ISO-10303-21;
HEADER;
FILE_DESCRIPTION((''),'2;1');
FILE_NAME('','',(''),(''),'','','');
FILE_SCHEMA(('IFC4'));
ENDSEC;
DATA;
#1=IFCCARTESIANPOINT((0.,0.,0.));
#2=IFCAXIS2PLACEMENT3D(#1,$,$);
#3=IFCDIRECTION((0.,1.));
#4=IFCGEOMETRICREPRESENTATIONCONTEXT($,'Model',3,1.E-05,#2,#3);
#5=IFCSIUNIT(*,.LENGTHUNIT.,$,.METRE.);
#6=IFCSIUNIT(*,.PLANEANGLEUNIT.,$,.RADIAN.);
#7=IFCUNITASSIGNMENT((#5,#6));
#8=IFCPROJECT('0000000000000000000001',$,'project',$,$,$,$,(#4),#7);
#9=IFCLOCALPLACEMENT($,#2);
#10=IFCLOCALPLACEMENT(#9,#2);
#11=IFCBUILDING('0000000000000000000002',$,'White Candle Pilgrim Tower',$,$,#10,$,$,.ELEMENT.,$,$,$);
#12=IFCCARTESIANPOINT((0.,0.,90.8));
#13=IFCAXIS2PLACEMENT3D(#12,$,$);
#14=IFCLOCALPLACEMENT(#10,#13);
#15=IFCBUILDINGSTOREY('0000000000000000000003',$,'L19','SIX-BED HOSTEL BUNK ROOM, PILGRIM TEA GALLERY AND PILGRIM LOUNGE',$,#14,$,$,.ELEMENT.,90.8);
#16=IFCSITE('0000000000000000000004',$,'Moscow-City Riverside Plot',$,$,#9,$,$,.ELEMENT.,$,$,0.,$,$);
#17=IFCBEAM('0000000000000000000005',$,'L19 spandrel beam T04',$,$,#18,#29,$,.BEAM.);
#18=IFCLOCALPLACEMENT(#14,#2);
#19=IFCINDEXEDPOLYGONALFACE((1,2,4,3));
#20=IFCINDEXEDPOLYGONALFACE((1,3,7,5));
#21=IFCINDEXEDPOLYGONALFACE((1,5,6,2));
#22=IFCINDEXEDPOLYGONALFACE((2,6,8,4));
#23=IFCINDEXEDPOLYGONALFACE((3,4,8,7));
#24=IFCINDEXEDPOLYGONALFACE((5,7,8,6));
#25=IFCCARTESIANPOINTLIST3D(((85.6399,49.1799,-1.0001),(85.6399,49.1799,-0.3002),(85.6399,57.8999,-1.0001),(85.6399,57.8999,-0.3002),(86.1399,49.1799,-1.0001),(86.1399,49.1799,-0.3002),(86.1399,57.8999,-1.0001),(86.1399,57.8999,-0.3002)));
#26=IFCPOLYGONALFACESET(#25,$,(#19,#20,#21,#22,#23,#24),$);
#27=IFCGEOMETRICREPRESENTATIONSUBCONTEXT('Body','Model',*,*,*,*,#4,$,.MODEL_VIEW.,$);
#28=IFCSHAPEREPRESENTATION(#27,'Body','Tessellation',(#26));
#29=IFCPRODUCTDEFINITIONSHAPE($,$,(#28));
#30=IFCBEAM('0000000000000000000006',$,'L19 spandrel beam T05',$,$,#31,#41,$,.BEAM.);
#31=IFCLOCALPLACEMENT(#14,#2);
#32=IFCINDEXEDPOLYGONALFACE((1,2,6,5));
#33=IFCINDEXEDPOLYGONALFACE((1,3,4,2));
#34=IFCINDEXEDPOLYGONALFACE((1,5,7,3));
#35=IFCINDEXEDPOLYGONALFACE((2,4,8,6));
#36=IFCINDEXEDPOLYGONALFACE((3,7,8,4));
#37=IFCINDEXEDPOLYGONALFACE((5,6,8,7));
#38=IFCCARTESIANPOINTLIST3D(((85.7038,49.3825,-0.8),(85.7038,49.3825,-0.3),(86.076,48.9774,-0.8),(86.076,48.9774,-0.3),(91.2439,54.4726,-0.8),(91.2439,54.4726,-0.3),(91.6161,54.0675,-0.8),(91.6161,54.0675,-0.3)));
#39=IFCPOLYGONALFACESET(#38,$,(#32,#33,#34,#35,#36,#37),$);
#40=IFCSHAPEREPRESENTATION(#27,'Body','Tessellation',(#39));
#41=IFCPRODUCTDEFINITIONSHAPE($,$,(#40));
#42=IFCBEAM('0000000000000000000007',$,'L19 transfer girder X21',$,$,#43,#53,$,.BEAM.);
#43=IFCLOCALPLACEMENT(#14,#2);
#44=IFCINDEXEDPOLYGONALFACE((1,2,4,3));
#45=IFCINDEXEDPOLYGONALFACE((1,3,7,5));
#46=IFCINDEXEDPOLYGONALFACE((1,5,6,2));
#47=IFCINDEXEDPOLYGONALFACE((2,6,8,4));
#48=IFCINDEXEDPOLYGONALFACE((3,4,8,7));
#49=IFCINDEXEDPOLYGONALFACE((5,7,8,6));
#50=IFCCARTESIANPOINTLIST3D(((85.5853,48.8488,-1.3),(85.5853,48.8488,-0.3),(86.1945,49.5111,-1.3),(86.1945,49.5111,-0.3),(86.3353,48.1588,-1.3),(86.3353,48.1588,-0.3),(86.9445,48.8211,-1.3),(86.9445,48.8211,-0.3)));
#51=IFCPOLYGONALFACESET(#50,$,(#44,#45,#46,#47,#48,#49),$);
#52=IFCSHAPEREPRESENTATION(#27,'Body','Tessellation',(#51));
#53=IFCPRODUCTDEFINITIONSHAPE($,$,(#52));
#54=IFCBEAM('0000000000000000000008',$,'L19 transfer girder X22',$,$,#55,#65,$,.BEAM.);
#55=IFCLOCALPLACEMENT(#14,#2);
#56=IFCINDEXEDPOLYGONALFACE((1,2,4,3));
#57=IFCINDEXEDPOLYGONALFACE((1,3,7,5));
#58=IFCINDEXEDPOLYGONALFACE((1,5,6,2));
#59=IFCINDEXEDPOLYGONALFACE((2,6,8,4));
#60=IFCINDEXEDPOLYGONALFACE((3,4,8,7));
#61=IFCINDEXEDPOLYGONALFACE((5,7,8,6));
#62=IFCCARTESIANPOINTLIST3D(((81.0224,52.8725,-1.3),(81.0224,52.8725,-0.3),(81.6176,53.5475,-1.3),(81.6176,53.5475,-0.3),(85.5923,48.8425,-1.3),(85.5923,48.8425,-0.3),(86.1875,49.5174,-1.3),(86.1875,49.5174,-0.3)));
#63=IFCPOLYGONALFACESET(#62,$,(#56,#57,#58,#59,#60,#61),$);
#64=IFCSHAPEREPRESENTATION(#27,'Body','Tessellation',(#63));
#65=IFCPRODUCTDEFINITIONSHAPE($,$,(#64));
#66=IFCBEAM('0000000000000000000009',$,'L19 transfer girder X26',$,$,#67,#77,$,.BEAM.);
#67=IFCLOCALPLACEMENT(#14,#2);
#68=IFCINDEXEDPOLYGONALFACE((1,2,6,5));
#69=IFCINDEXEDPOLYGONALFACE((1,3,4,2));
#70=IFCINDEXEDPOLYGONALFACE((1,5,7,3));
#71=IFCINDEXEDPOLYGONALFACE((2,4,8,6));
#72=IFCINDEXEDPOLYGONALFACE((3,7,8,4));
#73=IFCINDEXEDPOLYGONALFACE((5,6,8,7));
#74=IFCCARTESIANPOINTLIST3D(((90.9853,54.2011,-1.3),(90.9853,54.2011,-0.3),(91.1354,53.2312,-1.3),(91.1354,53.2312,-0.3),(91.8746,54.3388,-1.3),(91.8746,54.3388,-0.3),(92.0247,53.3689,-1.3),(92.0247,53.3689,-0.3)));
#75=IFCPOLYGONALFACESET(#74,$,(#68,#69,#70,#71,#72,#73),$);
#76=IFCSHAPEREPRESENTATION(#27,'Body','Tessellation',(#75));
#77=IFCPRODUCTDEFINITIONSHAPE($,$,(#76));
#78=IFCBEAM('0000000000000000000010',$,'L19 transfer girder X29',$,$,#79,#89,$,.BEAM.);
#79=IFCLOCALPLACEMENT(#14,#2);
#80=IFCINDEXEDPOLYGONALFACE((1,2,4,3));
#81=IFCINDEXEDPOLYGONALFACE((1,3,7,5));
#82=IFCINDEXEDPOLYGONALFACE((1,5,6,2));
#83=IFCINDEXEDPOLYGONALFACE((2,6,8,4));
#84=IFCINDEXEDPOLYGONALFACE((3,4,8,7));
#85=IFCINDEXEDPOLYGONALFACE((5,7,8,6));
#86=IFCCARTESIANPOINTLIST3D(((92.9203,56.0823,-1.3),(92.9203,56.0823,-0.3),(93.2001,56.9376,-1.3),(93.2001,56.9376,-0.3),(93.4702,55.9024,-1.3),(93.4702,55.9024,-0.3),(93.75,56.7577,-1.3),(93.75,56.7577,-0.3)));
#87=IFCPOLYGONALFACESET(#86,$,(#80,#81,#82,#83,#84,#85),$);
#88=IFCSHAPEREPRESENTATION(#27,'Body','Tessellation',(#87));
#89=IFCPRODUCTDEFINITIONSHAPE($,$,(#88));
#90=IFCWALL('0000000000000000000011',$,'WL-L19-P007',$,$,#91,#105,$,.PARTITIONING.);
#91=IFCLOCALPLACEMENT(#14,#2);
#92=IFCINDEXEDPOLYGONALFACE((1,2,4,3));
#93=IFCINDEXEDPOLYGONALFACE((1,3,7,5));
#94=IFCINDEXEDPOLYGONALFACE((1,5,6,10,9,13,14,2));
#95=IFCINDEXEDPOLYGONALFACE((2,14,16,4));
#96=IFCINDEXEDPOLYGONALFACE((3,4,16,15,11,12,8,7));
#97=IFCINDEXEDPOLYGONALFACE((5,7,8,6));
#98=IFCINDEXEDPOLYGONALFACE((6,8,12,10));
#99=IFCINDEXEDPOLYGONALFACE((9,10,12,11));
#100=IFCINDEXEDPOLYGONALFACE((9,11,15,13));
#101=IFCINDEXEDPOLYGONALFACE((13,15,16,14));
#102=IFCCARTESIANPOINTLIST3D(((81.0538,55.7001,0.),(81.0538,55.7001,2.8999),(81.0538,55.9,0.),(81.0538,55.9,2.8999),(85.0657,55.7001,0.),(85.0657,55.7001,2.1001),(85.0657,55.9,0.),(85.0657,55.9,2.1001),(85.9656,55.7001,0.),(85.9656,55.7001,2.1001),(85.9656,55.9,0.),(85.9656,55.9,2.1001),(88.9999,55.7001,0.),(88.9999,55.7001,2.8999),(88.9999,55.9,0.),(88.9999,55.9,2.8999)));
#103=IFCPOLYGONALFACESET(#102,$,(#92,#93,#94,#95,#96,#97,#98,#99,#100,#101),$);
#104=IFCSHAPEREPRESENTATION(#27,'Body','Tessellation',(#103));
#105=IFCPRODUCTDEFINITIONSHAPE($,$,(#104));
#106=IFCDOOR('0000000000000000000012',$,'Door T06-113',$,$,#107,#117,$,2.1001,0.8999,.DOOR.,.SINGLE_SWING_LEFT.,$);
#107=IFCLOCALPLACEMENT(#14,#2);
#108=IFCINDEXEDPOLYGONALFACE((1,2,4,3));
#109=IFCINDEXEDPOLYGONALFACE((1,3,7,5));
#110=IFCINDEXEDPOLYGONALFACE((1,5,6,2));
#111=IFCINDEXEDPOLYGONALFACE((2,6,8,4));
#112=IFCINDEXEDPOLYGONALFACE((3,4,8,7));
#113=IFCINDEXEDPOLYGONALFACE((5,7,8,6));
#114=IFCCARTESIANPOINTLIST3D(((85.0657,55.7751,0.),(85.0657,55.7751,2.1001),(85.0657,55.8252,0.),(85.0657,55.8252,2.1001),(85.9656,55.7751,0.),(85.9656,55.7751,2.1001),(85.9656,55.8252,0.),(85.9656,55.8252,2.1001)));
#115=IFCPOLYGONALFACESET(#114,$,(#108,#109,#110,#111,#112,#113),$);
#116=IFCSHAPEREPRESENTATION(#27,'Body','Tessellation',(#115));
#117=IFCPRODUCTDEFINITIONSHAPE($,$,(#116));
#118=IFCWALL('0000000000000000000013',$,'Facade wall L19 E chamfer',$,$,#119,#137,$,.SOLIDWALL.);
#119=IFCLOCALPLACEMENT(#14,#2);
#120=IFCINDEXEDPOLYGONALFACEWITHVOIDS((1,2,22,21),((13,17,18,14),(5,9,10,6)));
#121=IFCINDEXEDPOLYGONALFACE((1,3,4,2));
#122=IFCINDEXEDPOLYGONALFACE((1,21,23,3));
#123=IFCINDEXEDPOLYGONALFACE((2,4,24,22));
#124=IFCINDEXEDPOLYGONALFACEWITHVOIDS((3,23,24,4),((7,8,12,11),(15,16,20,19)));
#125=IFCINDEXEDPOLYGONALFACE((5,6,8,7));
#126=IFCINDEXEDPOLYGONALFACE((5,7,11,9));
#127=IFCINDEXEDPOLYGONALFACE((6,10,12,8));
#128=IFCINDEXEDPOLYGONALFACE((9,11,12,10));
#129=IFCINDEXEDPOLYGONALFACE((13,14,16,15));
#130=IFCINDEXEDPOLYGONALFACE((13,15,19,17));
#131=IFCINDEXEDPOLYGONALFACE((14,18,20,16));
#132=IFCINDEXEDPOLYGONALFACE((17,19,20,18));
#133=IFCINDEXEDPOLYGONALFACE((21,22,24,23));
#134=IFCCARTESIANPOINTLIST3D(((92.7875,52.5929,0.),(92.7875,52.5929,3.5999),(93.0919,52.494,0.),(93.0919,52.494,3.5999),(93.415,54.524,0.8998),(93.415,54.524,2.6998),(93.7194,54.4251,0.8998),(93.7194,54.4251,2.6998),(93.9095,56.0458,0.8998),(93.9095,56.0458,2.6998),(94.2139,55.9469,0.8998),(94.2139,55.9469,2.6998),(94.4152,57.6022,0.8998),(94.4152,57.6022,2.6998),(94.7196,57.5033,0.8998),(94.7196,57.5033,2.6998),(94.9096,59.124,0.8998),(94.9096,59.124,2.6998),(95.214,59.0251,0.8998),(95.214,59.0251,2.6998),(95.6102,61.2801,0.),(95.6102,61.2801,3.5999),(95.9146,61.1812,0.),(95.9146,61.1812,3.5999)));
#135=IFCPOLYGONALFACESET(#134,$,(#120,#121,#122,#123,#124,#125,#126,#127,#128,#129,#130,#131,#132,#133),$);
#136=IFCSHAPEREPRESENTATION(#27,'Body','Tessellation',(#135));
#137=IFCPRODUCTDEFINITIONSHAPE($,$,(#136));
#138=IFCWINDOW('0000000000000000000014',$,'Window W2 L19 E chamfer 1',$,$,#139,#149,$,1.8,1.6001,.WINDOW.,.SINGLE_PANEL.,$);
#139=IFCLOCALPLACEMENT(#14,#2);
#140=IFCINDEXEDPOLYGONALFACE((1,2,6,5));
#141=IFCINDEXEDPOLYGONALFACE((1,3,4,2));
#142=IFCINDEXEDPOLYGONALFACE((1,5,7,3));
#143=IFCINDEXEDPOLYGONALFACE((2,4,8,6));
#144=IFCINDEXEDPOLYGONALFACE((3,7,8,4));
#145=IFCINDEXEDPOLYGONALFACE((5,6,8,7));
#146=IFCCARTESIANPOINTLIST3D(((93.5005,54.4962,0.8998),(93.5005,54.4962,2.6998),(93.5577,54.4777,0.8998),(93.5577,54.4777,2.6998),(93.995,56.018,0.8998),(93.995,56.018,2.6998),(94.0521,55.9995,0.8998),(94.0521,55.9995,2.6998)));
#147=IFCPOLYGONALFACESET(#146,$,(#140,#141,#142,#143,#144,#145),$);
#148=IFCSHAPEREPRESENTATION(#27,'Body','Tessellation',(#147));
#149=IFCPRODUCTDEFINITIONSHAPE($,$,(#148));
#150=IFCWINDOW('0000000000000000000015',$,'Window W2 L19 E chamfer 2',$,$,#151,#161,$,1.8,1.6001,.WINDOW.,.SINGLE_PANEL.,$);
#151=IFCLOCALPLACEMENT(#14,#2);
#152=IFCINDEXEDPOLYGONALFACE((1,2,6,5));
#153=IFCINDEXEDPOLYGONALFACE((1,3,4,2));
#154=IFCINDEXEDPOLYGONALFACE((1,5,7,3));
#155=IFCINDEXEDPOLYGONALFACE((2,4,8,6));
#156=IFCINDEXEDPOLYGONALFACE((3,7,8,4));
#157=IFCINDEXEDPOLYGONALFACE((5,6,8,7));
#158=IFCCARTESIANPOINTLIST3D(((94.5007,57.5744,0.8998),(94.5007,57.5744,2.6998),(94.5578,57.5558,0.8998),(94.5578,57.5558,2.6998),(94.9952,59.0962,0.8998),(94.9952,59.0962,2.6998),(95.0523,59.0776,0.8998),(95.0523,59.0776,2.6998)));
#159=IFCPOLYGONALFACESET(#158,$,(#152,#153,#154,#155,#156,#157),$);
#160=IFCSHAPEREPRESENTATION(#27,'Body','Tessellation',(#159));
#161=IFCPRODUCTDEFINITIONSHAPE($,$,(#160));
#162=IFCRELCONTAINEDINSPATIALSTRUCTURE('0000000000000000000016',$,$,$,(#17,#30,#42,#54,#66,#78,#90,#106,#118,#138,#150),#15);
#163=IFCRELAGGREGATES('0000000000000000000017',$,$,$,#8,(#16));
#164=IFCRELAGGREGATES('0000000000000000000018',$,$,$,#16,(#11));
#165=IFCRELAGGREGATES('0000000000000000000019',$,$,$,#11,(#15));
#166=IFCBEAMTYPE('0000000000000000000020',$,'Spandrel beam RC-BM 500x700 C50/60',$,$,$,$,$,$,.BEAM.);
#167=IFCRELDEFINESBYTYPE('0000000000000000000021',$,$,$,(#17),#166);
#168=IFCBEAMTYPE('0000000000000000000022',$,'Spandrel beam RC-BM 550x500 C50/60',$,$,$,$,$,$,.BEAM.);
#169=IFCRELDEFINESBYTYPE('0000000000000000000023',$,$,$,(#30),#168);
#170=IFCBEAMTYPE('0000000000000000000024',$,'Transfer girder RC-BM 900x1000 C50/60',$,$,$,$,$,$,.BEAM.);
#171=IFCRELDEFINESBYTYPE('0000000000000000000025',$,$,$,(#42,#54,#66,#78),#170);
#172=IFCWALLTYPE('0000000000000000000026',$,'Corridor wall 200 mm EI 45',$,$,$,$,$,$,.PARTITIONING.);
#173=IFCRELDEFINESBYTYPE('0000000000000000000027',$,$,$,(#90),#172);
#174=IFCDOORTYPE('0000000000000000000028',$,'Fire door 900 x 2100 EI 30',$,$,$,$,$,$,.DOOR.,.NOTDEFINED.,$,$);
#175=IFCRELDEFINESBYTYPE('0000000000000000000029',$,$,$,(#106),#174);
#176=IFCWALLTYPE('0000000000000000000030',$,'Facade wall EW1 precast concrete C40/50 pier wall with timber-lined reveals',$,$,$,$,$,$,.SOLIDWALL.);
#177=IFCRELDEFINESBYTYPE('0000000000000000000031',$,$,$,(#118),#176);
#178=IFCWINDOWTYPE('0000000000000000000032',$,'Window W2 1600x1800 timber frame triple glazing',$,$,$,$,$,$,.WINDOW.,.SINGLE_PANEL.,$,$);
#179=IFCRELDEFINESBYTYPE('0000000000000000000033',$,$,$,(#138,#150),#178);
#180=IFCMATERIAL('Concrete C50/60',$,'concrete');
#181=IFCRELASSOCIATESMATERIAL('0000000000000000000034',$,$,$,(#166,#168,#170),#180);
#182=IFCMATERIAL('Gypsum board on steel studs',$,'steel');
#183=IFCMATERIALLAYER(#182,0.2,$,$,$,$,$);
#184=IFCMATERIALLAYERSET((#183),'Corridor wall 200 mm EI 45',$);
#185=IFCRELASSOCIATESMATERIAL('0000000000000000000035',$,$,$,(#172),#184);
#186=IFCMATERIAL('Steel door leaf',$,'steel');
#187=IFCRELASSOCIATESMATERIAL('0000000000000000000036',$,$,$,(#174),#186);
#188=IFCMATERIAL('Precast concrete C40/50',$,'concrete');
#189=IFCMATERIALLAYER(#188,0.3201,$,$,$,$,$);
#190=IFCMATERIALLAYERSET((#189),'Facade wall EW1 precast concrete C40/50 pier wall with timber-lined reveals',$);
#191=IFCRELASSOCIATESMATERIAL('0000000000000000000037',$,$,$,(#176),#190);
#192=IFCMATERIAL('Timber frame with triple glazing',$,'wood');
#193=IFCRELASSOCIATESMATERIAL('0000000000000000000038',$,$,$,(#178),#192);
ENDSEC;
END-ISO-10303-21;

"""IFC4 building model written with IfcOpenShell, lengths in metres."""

from ifc_helpers import new_model, si_unit, direction, frame, frame_2d, origin, origin_2d, place, context, subcontext, project, spatial, rectangle, extrude, material, layer, layer_set, material_profile, profile_set, type_object, element, fill, save


model = new_model("IFC4")

# Units and contexts
model_context = context("Model", 3, precision=1e-05, world=origin(), true_north=direction((0.0, 1.0)))
body_context = subcontext(model_context, "Body", "Model", "MODEL_VIEW")
ifc_project = project(units=[si_unit("LENGTHUNIT", "METRE"), si_unit("PLANEANGLEUNIT", "RADIAN")], contexts=[model_context])

# Site, building, storey
site_placement = place(None, origin())
site = spatial("IfcSite", under=ifc_project, at=site_placement, Name="Moscow-City Riverside Plot", CompositionType="ELEMENT", RefElevation=0.0)
building_placement = place(site_placement, origin())
building = spatial("IfcBuilding", under=site, at=building_placement, Name="White Candle Pilgrim Tower", CompositionType="ELEMENT")
storey_placement = place(building_placement, frame((0.0, 0.0, 90.8)))
storey = spatial("IfcBuildingStorey", under=building, at=storey_placement, Name="L19", Description="SIX-BED HOSTEL BUNK ROOM, PILGRIM TEA GALLERY AND PILGRIM LOUNGE", CompositionType="ELEMENT", Elevation=90.8)

# Beams
ifc_material_1 = material(Name="Concrete C50/60", Category="concrete")
ifc_material_profile_1 = material_profile(ifc_material_1, rectangle(XDim=0.5, YDim=0.7, at=origin_2d()), Name="RC-BM 500x700")
ifc_profile_set_1 = profile_set([ifc_material_profile_1], Name="Concrete C50/60")
beam_type_1 = type_object("IfcBeamType", Name="Spandrel beam RC-BM 500x700 C50/60", PredefinedType="BEAM", material=ifc_profile_set_1)
beam_1_placement = place(storey_placement, frame((85.8899, 49.1799, -0.6501), z_axis=(0.0, 1.0, 0.0), x_axis=(-1.0, 0.0, 0.0)))
element("IfcBeam", 1, at=beam_1_placement, inside=storey, type_object=beam_type_1, Name="L19 spandrel beam T04", PredefinedType="BEAM", context=body_context, shape_type="SweptSolid", body=[
    extrude(rectangle(XDim=0.5, YDim=0.7, at=origin_2d()), origin(), (0.0, 0.0, 1.0), 8.72),
])
ifc_material_profile_2 = material_profile(ifc_material_1, rectangle(XDim=0.55, YDim=0.5, at=origin_2d()), Name="RC-BM 550x500")
ifc_profile_set_2 = profile_set([ifc_material_profile_2], Name="Concrete C50/60")
beam_type_2 = type_object("IfcBeamType", Name="Spandrel beam RC-BM 550x500 C50/60", PredefinedType="BEAM", material=ifc_profile_set_2)
beam_2_placement = place(storey_placement, frame((85.8899, 49.1799, -0.55), z_axis=(0.736378, 0.676571, 0.0), x_axis=(-0.676571, 0.736378, 0.0)))
element("IfcBeam", 2, at=beam_2_placement, inside=storey, type_object=beam_type_2, Name="L19 spandrel beam T05", PredefinedType="BEAM", context=body_context, shape_type="SweptSolid", body=[
    extrude(rectangle(XDim=0.55, YDim=0.5, at=origin_2d()), origin(), (0.0, 0.0, 1.0), 7.5234),
])
ifc_material_profile_3 = material_profile(ifc_material_1, rectangle(XDim=0.8999, YDim=1.0, at=origin_2d()), Name="RC-BM 900x1000")
ifc_profile_set_3 = profile_set([ifc_material_profile_3], Name="Concrete C50/60")
beam_type_3 = type_object("IfcBeamType", Name="Transfer girder RC-BM 900x1000 C50/60", PredefinedType="BEAM", material=ifc_profile_set_3)
beam_3_placement = place(storey_placement, frame((86.6399, 48.49, -0.8), z_axis=(-0.73596, 0.677025, 0.0), x_axis=(-0.677025, -0.73596, 0.0)))
element("IfcBeam", 3, at=beam_3_placement, inside=storey, type_object=beam_type_3, Name="L19 transfer girder X21", PredefinedType="BEAM", context=body_context, shape_type="SweptSolid", body=[
    extrude(rectangle(XDim=0.8999, YDim=1.0, at=origin_2d()), origin(), (0.0, 0.0, 1.0), 1.019),
])
beam_4_placement = place(storey_placement, frame((85.8899, 49.1799, -0.8), z_axis=(-0.750014, 0.661422, 0.0), x_axis=(-0.661422, -0.750014, 0.0)))
element("IfcBeam", 4, at=beam_4_placement, inside=storey, type_object=beam_type_3, Name="L19 transfer girder X22", PredefinedType="BEAM", context=body_context, shape_type="SweptSolid", body=[
    extrude(rectangle(XDim=0.8999, YDim=1.0, at=origin_2d()), origin(), (0.0, 0.0, 1.0), 6.093),
])
beam_5_placement = place(storey_placement, frame((91.5801, 53.3, -0.8), z_axis=(-0.152973, 0.98823, 0.0), x_axis=(-0.98823, -0.152973, 0.0)))
element("IfcBeam", 5, at=beam_5_placement, inside=storey, type_object=beam_type_3, Name="L19 transfer girder X26", PredefinedType="BEAM", context=body_context, shape_type="SweptSolid", body=[
    extrude(rectangle(XDim=0.8999, YDim=1.0, at=origin_2d()), origin(), (0.0, 0.0, 1.0), 0.9814),
])
beam_6_placement = place(storey_placement, frame((93.6101, 56.3301, -0.8), z_axis=(-0.95044, 0.310907, 0.0), x_axis=(-0.310907, -0.95044, 0.0)))
element("IfcBeam", 6, at=beam_6_placement, inside=storey, type_object=beam_type_3, Name="L19 transfer girder X29", PredefinedType="BEAM", context=body_context, shape_type="SweptSolid", body=[
    extrude(rectangle(XDim=0.8999, YDim=1.0, at=origin_2d()), origin(), (0.0, 0.0, 1.0), 0.5786),
])

# Wall, opening, door
ifc_material_2 = material(Name="Gypsum board on steel studs", Category="steel")
ifc_layer_1 = layer(ifc_material_2, 0.2)
ifc_layer_set_1 = layer_set([ifc_layer_1], Name="Corridor wall 200 mm EI 45")
wall_type_1 = type_object("IfcWallType", Name="Corridor wall 200 mm EI 45", PredefinedType="PARTITIONING", material=ifc_layer_set_1)
wall_1_placement = place(storey_placement, frame((89.0, 55.8, 0.0), z_axis=(0.0, 0.0, 1.0), x_axis=(-1.0, 0.0, 0.0)))
wall_1 = element("IfcWall", 7, at=wall_1_placement, inside=storey, type_object=wall_type_1, Name="WL-L19-P007", PredefinedType="PARTITIONING", context=body_context, shape_type="SweptSolid", body=[
    extrude(rectangle(XDim=7.946, YDim=0.2, at=frame_2d((3.9731, 0.0))), origin(), (0.0, 0.0, 1.0), 2.8999),
])
opening_1_placement = place(wall_1_placement, frame((3.0344, 0.0, 0.0)))
opening_1 = element("IfcOpeningElement", 8, at=opening_1_placement, cuts=wall_1, PredefinedType="OPENING", context=body_context, shape_type="SweptSolid", body=[
    extrude(rectangle(XDim=0.8999, YDim=2.1001, at=frame_2d((0.45, 1.05))), frame((0.0, 0.1099, 0.0), z_axis=(0.0, -1.0, 0.0), x_axis=(1.0, 0.0, 0.0)), (0.0, 0.0, 1.0), 0.22),
])
ifc_material_3 = material(Name="Steel door leaf", Category="steel")
door_type = type_object("IfcDoorType", Name="Fire door 900 x 2100 EI 30", OperationType="NOTDEFINED", PredefinedType="DOOR", material=ifc_material_3)
door_placement = place(opening_1_placement, origin())
door = element("IfcDoor", 9, at=door_placement, inside=storey, type_object=door_type, Name="Door T06-113", OperationType="SINGLE_SWING_LEFT", OverallHeight=2.1001, OverallWidth=0.8999, PredefinedType="DOOR", context=body_context, shape_type="SweptSolid", body=[
    extrude(rectangle(XDim=0.8999, YDim=2.1001, at=frame_2d((0.45, 1.05))), frame((0.0, 0.0249, 0.0), z_axis=(0.0, -1.0, 0.0), x_axis=(1.0, 0.0, 0.0)), (0.0, 0.0, 1.0), 0.05),
])
fill(opening_1, door)

# Wall, openings, windows
ifc_material_4 = material(Name="Precast concrete C40/50", Category="concrete")
ifc_layer_2 = layer(ifc_material_4, 0.3201)
ifc_layer_set_2 = layer_set([ifc_layer_2], Name="Facade wall EW1 precast concrete C40/50 pier wall with timber-lined reveals")
wall_type_2 = type_object("IfcWallType", Name="Facade wall EW1 precast concrete C40/50 pier wall with timber-lined reveals", PredefinedType="SOLIDWALL", material=ifc_layer_set_2)
wall_2_placement = place(storey_placement, frame((92.9397, 52.5435, 0.0), z_axis=(0.0, 0.0, 1.0), x_axis=(0.309026, 0.951054, 0.0)))
wall_2 = element("IfcWall", 10, at=wall_2_placement, inside=storey, type_object=wall_type_2, Name="Facade wall L19 E chamfer", PredefinedType="SOLIDWALL", context=body_context, shape_type="SweptSolid", body=[
    extrude(rectangle(XDim=9.1343, YDim=0.3201, at=frame_2d((4.5671, 0.0))), origin(), (0.0, 0.0, 1.0), 3.5999),
])
opening_2_placement = place(wall_2_placement, frame((2.0305, 0.0, 0.8999)))
opening_2 = element("IfcOpeningElement", 11, at=opening_2_placement, cuts=wall_2, PredefinedType="OPENING", context=body_context, shape_type="SweptSolid", body=[
    extrude(rectangle(XDim=1.6001, YDim=1.8, at=frame_2d((0.8, 0.8999))), frame((0.0, 0.1699, 0.0), z_axis=(0.0, -1.0, 0.0), x_axis=(1.0, 0.0, 0.0)), (0.0, 0.0, 1.0), 0.3401),
])
opening_3_placement = place(wall_2_placement, frame((5.2671, 0.0, 0.8999)))
opening_3 = element("IfcOpeningElement", 12, at=opening_3_placement, cuts=wall_2, PredefinedType="OPENING", context=body_context, shape_type="SweptSolid", body=[
    extrude(rectangle(XDim=1.6001, YDim=1.8, at=frame_2d((0.8, 0.8999))), frame((0.0, 0.1699, 0.0), z_axis=(0.0, -1.0, 0.0), x_axis=(1.0, 0.0, 0.0)), (0.0, 0.0, 1.0), 0.3401),
])
ifc_material_5 = material(Name="Timber frame with triple glazing", Category="wood")
window_type = type_object("IfcWindowType", Name="Window W2 1600x1800 timber frame triple glazing", PartitioningType="SINGLE_PANEL", PredefinedType="WINDOW", material=ifc_material_5)
window_1_placement = place(opening_2_placement, origin())
window_1 = element("IfcWindow", 13, at=window_1_placement, inside=storey, type_object=window_type, Name="Window W2 L19 E chamfer 1", OverallHeight=1.8, OverallWidth=1.6001, PartitioningType="SINGLE_PANEL", PredefinedType="WINDOW", context=body_context, shape_type="SweptSolid", body=[
    extrude(rectangle(XDim=1.6001, YDim=1.8, at=frame_2d((0.8, 0.8999))), frame((0.0, 0.0701, 0.0), z_axis=(0.0, -1.0, 0.0), x_axis=(1.0, 0.0, 0.0)), (0.0, 0.0, 1.0), 0.0601),
])
fill(opening_2, window_1)
window_2_placement = place(opening_3_placement, origin())
window_2 = element("IfcWindow", 14, at=window_2_placement, inside=storey, type_object=window_type, Name="Window W2 L19 E chamfer 2", OverallHeight=1.8, OverallWidth=1.6001, PartitioningType="SINGLE_PANEL", PredefinedType="WINDOW", context=body_context, shape_type="SweptSolid", body=[
    extrude(rectangle(XDim=1.6001, YDim=1.8, at=frame_2d((0.8, 0.8999))), frame((0.0, 0.0701, 0.0), z_axis=(0.0, -1.0, 0.0), x_axis=(1.0, 0.0, 0.0)), (0.0, 0.0, 1.0), 0.0601),
])
fill(opening_3, window_2)

save(model, "model.ifc")
